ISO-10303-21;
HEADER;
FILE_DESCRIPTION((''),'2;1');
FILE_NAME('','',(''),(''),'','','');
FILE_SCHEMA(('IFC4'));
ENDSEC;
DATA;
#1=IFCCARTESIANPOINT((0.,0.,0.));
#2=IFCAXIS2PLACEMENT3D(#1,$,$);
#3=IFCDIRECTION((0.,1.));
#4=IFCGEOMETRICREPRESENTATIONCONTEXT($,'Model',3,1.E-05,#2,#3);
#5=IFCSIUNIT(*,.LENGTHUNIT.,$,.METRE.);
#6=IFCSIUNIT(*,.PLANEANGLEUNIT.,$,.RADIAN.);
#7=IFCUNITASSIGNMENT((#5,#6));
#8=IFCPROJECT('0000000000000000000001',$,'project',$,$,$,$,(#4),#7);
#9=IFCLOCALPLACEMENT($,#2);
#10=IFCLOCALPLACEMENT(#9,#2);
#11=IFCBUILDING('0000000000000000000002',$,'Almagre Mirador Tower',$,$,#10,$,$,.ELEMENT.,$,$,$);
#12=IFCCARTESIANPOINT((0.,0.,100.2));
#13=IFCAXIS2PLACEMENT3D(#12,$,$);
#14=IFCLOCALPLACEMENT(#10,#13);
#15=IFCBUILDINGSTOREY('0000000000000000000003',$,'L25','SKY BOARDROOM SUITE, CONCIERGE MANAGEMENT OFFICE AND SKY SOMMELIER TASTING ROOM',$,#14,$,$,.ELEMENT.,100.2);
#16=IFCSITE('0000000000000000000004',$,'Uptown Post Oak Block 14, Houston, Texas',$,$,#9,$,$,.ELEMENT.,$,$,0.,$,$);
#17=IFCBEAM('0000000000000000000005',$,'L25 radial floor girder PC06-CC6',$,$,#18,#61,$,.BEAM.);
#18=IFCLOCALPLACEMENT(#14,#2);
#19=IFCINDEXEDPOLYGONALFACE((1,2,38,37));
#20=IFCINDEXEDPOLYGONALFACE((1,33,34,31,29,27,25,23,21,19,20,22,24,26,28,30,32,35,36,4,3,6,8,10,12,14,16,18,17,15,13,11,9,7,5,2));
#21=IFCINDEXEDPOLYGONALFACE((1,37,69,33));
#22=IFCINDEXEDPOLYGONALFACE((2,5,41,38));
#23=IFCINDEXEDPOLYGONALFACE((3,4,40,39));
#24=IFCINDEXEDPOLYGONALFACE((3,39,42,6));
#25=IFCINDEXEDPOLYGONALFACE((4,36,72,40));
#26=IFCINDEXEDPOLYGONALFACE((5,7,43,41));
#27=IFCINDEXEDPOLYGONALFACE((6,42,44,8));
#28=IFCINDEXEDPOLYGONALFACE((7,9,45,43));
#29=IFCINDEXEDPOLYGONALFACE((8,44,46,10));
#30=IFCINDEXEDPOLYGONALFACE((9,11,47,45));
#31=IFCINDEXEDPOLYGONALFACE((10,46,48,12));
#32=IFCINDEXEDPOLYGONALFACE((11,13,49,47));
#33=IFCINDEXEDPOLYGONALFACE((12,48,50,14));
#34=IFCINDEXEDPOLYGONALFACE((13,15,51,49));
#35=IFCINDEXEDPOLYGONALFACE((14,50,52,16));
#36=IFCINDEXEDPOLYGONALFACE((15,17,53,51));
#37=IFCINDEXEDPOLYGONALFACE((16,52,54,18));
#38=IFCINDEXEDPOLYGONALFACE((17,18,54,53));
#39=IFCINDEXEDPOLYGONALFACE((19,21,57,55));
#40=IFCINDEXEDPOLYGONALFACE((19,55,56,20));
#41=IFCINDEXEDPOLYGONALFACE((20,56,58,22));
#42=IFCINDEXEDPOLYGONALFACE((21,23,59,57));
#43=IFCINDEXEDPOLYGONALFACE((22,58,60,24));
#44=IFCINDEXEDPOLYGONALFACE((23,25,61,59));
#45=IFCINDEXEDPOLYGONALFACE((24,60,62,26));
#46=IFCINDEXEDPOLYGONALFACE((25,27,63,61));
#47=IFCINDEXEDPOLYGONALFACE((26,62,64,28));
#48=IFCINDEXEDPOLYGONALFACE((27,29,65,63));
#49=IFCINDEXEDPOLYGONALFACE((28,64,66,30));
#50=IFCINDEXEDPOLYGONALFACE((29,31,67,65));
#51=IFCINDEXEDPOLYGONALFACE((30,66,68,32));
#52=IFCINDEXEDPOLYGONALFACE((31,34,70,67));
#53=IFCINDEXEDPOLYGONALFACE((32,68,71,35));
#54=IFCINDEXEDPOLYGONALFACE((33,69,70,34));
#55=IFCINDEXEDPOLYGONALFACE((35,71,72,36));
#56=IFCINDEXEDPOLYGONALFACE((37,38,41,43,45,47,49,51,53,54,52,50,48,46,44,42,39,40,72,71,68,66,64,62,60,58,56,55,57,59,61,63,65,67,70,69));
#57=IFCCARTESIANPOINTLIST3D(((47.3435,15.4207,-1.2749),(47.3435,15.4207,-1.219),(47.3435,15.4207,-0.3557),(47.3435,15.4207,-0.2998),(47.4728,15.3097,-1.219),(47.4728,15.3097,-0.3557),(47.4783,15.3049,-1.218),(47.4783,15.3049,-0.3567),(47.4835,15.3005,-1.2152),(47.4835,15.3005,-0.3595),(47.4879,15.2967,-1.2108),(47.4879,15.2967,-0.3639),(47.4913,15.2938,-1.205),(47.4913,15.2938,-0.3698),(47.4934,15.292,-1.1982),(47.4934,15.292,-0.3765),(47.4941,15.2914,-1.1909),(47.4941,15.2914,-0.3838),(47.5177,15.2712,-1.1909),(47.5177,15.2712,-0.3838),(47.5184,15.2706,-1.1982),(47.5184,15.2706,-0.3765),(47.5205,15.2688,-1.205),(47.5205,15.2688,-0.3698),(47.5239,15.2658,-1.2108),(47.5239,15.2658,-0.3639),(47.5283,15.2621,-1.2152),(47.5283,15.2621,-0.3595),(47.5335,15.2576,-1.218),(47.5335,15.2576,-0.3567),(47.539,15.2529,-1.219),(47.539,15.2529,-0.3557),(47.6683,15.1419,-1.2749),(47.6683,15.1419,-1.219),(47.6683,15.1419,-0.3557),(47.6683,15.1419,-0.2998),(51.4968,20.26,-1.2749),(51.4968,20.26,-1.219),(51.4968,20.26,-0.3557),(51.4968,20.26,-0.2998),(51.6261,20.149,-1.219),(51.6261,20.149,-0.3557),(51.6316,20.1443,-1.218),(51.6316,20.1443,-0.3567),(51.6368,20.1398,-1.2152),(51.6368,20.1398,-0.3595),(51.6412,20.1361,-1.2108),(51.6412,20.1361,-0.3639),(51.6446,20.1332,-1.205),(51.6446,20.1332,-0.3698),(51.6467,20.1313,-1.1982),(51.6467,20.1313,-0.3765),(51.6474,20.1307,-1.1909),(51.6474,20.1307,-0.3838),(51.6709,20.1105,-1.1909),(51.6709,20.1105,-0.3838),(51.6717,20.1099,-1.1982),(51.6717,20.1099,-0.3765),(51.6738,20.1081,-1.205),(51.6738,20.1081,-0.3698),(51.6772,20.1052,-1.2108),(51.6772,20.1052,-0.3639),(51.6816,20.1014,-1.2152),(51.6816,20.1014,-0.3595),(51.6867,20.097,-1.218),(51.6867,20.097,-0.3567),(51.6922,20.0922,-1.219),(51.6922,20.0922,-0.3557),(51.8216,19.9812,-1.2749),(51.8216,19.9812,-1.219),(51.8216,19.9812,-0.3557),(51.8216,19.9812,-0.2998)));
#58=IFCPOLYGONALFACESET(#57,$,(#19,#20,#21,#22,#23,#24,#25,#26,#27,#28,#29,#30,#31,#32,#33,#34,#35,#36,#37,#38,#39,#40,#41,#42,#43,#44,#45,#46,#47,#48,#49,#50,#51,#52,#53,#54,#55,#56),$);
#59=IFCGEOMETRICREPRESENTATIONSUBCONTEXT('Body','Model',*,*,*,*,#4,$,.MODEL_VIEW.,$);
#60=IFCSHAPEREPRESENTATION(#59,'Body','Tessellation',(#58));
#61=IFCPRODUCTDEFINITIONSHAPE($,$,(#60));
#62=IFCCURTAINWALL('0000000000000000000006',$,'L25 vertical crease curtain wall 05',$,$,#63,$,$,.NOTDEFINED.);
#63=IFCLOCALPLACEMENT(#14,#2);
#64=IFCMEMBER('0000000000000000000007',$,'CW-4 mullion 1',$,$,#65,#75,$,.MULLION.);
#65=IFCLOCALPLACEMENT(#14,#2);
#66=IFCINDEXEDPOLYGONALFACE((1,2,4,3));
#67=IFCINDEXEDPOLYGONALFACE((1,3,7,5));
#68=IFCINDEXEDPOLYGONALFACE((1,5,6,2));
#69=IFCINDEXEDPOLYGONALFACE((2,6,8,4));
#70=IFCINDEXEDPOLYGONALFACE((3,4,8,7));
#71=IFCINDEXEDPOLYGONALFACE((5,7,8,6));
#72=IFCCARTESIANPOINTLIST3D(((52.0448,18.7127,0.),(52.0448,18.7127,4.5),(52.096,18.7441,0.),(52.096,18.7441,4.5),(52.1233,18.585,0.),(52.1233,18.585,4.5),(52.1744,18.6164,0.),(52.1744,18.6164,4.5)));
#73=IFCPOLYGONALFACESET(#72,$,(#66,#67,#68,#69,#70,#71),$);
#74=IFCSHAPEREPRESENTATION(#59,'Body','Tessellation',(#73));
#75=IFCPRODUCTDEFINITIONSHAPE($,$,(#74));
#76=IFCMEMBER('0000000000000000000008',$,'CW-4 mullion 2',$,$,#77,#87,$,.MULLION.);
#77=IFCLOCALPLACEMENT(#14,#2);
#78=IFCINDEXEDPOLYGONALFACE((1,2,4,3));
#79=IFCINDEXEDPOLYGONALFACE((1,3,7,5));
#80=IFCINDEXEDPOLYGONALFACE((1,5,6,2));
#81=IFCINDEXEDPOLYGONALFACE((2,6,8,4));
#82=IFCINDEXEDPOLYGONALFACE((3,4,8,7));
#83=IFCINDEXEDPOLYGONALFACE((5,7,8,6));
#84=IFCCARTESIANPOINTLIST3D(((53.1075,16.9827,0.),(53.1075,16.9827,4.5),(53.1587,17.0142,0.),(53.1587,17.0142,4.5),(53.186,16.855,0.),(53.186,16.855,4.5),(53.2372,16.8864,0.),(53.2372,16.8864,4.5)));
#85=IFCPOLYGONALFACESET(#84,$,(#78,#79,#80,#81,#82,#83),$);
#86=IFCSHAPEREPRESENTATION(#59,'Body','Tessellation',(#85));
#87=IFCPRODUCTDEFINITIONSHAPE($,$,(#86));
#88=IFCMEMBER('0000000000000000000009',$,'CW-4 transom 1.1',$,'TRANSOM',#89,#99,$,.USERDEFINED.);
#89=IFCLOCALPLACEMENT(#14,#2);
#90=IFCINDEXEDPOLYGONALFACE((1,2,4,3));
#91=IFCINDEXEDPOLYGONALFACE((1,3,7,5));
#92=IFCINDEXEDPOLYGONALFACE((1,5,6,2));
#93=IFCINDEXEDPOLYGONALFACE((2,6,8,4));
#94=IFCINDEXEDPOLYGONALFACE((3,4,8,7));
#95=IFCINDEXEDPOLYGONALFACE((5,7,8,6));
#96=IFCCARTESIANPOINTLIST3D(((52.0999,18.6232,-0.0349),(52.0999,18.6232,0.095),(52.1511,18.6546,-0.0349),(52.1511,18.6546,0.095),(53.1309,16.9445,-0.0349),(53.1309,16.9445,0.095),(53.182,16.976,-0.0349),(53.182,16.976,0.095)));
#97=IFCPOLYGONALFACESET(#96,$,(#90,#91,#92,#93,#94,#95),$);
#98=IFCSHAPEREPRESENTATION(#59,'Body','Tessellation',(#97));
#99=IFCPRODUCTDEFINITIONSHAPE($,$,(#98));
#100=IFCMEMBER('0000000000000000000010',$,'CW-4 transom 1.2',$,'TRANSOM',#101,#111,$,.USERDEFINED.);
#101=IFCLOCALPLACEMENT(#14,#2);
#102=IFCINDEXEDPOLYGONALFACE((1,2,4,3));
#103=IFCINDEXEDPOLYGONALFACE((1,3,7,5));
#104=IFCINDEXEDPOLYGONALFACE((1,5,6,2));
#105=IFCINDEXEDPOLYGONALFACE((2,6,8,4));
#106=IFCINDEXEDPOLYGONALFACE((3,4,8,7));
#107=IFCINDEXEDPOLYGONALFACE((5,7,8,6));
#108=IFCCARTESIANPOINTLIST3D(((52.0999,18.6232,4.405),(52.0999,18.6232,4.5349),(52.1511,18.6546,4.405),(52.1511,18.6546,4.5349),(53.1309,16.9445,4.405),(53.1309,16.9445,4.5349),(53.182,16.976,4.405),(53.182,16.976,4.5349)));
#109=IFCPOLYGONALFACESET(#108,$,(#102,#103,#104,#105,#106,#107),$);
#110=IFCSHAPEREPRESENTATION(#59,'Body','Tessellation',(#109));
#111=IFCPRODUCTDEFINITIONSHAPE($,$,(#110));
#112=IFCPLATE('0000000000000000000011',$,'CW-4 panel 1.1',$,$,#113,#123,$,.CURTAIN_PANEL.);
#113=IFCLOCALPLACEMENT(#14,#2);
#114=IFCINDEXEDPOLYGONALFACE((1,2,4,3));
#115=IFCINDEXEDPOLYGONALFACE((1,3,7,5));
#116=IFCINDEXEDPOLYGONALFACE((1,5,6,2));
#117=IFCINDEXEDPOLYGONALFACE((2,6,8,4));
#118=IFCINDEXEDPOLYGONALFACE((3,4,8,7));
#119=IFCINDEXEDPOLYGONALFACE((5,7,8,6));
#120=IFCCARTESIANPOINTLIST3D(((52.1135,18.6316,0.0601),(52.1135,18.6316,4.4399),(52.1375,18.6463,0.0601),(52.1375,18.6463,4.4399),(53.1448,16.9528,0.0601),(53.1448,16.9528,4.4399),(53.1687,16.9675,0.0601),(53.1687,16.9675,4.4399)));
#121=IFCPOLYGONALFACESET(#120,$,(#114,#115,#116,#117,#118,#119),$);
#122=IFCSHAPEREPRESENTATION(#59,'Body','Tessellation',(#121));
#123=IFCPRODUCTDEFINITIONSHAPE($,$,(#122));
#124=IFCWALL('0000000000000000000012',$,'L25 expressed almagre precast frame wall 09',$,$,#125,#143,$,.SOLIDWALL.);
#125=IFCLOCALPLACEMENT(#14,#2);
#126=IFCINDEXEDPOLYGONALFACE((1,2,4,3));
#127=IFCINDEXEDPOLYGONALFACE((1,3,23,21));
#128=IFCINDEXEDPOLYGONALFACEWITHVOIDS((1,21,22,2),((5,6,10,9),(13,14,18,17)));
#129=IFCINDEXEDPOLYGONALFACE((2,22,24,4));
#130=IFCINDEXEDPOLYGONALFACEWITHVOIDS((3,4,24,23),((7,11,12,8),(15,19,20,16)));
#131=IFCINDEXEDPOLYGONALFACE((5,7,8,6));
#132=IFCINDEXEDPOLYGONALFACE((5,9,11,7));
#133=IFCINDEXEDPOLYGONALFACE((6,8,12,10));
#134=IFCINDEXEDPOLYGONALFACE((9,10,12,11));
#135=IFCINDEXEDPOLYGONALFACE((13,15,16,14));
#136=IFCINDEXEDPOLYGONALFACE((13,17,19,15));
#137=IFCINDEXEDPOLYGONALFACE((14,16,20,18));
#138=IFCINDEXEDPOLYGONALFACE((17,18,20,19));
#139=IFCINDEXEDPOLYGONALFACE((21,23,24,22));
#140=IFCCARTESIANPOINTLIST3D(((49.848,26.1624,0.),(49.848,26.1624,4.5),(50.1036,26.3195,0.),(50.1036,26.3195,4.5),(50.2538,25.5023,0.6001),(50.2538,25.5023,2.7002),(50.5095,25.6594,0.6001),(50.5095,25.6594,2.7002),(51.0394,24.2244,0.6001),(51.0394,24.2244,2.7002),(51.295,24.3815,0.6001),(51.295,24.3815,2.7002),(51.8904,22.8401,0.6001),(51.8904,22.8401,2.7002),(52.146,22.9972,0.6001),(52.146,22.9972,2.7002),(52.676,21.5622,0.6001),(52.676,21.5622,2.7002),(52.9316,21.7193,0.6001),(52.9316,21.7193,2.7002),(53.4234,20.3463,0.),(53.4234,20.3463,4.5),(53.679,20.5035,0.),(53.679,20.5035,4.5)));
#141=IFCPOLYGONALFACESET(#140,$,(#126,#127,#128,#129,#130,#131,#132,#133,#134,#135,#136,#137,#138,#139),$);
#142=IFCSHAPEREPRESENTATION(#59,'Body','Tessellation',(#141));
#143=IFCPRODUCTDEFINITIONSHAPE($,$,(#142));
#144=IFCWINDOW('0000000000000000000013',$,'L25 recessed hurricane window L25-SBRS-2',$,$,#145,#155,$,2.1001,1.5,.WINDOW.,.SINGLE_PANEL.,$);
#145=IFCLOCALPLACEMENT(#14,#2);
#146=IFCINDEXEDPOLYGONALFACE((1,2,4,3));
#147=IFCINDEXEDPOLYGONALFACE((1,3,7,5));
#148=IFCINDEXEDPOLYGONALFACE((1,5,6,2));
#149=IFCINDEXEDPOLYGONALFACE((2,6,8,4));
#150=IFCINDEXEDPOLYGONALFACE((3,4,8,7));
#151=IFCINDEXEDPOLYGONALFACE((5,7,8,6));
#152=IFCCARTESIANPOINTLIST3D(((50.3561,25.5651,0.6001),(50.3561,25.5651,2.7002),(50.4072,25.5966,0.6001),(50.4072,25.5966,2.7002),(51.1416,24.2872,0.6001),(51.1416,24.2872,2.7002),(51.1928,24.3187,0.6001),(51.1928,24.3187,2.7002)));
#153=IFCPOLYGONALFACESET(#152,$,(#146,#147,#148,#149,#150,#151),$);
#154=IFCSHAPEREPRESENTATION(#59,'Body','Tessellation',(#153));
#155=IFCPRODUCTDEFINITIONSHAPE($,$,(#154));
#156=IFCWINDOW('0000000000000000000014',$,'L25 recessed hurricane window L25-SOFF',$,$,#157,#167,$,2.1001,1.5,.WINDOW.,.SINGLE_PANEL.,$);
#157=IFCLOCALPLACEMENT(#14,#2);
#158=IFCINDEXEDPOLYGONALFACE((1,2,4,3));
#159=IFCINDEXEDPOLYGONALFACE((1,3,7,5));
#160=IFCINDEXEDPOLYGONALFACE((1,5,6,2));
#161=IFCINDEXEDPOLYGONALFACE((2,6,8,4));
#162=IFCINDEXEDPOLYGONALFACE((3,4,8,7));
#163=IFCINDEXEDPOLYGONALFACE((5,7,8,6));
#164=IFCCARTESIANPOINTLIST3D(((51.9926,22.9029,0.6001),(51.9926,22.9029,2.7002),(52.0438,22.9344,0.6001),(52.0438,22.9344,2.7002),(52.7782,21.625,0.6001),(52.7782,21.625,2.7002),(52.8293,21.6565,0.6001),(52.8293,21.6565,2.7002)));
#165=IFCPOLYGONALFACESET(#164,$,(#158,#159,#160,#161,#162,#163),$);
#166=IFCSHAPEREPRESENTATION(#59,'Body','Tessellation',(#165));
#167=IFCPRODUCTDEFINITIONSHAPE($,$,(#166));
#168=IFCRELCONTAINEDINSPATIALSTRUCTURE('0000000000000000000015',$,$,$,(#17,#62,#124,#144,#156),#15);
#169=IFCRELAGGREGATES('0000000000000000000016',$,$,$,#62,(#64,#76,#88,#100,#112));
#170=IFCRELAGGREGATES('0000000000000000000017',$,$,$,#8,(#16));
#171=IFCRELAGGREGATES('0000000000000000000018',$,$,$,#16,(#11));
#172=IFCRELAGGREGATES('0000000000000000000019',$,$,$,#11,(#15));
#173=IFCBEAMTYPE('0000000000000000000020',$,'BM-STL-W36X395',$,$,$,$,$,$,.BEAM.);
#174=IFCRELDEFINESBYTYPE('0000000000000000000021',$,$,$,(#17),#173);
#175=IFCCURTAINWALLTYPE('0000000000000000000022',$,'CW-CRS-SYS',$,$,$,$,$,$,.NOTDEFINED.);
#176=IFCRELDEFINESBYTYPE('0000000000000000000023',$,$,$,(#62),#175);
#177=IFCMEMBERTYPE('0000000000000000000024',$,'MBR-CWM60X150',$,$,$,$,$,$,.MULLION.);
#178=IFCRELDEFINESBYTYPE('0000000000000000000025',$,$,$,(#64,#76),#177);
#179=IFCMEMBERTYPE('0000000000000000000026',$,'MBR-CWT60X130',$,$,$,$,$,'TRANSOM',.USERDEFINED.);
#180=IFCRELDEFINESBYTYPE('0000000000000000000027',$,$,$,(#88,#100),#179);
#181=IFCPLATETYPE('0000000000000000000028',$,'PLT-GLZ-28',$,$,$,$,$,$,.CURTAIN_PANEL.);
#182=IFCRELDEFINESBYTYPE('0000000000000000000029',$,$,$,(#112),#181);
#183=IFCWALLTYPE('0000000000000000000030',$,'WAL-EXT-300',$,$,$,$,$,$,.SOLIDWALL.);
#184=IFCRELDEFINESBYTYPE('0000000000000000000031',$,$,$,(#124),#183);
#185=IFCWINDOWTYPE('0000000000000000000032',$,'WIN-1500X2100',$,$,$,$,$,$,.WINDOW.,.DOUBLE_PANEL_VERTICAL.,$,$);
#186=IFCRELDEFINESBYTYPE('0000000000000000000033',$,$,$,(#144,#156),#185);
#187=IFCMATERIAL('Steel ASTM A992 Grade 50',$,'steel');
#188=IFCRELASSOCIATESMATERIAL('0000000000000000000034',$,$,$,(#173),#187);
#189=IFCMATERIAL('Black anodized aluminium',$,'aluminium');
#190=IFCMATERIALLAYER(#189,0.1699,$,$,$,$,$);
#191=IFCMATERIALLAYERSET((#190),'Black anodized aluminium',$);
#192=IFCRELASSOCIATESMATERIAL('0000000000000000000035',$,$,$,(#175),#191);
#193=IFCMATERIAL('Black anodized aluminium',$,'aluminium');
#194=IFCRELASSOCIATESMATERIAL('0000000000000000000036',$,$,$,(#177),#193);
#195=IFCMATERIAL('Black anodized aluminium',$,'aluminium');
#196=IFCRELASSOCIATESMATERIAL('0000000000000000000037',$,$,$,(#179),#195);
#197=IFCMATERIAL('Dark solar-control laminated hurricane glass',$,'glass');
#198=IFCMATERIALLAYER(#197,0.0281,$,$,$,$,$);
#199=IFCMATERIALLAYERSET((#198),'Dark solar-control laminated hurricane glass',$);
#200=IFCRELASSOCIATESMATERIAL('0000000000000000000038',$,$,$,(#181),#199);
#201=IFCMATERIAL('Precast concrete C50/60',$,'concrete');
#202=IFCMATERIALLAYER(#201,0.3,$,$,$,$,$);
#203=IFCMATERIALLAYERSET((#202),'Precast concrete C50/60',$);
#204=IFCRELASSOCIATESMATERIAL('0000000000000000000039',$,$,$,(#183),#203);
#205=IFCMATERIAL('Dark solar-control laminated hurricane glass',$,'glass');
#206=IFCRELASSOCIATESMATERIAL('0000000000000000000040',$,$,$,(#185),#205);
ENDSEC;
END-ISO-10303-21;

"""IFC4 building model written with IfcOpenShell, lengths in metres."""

from ifc_helpers import new_model, si_unit, direction, frame, frame_2d, origin, origin_2d, place, context, subcontext, project, spatial, rectangle, i_section, extrude, material, layer, layer_set, material_profile, profile_set, type_object, element, fill, aggregate, save


model = new_model("IFC4")

# Units and contexts
model_context = context("Model", 3, precision=1e-05, world=origin(), true_north=direction((0.0, 1.0)))
body_context = subcontext(model_context, "Body", "Model", "MODEL_VIEW")
ifc_project = project(units=[si_unit("LENGTHUNIT", "METRE"), si_unit("PLANEANGLEUNIT", "RADIAN")], contexts=[model_context])

# Site, building, storey
site_placement = place(None, origin())
site = spatial("IfcSite", under=ifc_project, at=site_placement, Name="Uptown Post Oak Block 14, Houston, Texas", CompositionType="ELEMENT", RefElevation=0.0)
building_placement = place(site_placement, origin())
building = spatial("IfcBuilding", under=site, at=building_placement, Name="Almagre Mirador Tower", CompositionType="ELEMENT")
storey_placement = place(building_placement, frame((0.0, 0.0, 100.2)))
storey = spatial("IfcBuildingStorey", under=building, at=storey_placement, Name="L25", Description="SKY BOARDROOM SUITE, CONCIERGE MANAGEMENT OFFICE AND SKY SOMMELIER TASTING ROOM", CompositionType="ELEMENT", Elevation=100.2)

# Beam
ifc_material_1 = material(Name="Steel ASTM A992 Grade 50", Category="steel")
ifc_material_profile_1 = material_profile(ifc_material_1, i_section(OverallWidth=0.428, OverallDepth=0.9751, WebThickness=0.031, FlangeThickness=0.0559, FilletRadius=0.0281, at=origin_2d()), Name="W36X395")
ifc_profile_set_1 = profile_set([ifc_material_profile_1], Name="Steel ASTM A992 Grade 50")
beam_type_1 = type_object("IfcBeamType", Name="BM-STL-W36X395", PredefinedType="BEAM", material=ifc_profile_set_1)
beam_1_placement = place(storey_placement, frame((51.6592, 20.1206, -0.7874), z_axis=(-0.65127, -0.758846, 0.0), x_axis=(0.758846, -0.65127, 0.0)))
element("IfcBeam", 1, at=beam_1_placement, inside=storey, type_object=beam_type_1, Name="L25 radial floor girder PC06-CC6", PredefinedType="BEAM", context=body_context, shape_type="SweptSolid", body=[
    extrude(i_section(OverallWidth=0.428, OverallDepth=0.9751, WebThickness=0.031, FlangeThickness=0.0559, FilletRadius=0.0281, at=origin_2d()), origin(), (0.0, 0.0, 1.0), 6.3772),
])

# Curtain wall, members, plate
ifc_material_2 = material(Name="Black anodized aluminium", Category="aluminium")
ifc_layer_1 = layer(ifc_material_2, 0.1699)
ifc_layer_set_1 = layer_set([ifc_layer_1], Name="Black anodized aluminium")
curtain_wall_type = type_object("IfcCurtainWallType", Name="CW-CRS-SYS", PredefinedType="NOTDEFINED", material=ifc_layer_set_1)
curtain_wall_placement = place(storey_placement, origin())
curtain_wall = element("IfcCurtainWall", 2, at=curtain_wall_placement, inside=storey, type_object=curtain_wall_type, Name="L25 vertical crease curtain wall 05", PredefinedType="NOTDEFINED")
ifc_material_3 = material(Name="Black anodized aluminium", Category="aluminium")
ifc_material_profile_2 = material_profile(ifc_material_3, rectangle(XDim=0.0601, YDim=0.1499, at=origin_2d()), Name="CWM60X150")
ifc_profile_set_2 = profile_set([ifc_material_profile_2], Name="Black anodized aluminium")
member_type_1 = type_object("IfcMemberType", Name="MBR-CWM60X150", PredefinedType="MULLION", material=ifc_profile_set_2)
member_1_placement = place(storey_placement, frame((52.1096, 18.6646, 0.0), z_axis=(0.0, 0.0, 1.0), x_axis=(0.852085, 0.523403, 0.0)))
member_1 = element("IfcMember", 3, at=member_1_placement, type_object=member_type_1, Name="CW-4 mullion 1", PredefinedType="MULLION", context=body_context, shape_type="SweptSolid", body=[
    extrude(rectangle(XDim=0.0601, YDim=0.1499, at=origin_2d()), origin(), (0.0, 0.0, 1.0), 4.5),
])
member_2_placement = place(storey_placement, frame((53.1724, 16.9346, 0.0), z_axis=(0.0, 0.0, 1.0), x_axis=(0.852085, 0.523403, 0.0)))
member_2 = element("IfcMember", 4, at=member_2_placement, type_object=member_type_1, Name="CW-4 mullion 2", PredefinedType="MULLION", context=body_context, shape_type="SweptSolid", body=[
    extrude(rectangle(XDim=0.0601, YDim=0.1499, at=origin_2d()), origin(), (0.0, 0.0, 1.0), 4.5),
])
ifc_material_4 = material(Name="Black anodized aluminium", Category="aluminium")
ifc_material_profile_3 = material_profile(ifc_material_4, rectangle(XDim=0.0601, YDim=0.1299, at=origin_2d()), Name="CWT60X130")
ifc_profile_set_3 = profile_set([ifc_material_profile_3], Name="Black anodized aluminium")
member_type_2 = type_object("IfcMemberType", Name="MBR-CWT60X130", ElementType="TRANSOM", PredefinedType="USERDEFINED", material=ifc_profile_set_3)
member_3_placement = place(storey_placement, frame((52.1255, 18.6389, 0.03), z_axis=(0.523344, -0.852122, 0.0), x_axis=(0.852122, 0.523344, 0.0)))
member_3 = element("IfcMember", 5, at=member_3_placement, type_object=member_type_2, Name="CW-4 transom 1.1", ObjectType="TRANSOM", PredefinedType="USERDEFINED", context=body_context, shape_type="SweptSolid", body=[
    extrude(rectangle(XDim=0.0601, YDim=0.1299, at=origin_2d()), origin(), (0.0, 0.0, 1.0), 1.97),
])
member_4_placement = place(storey_placement, frame((52.1255, 18.6389, 4.47), z_axis=(0.523344, -0.852122, 0.0), x_axis=(0.852122, 0.523344, 0.0)))
member_4 = element("IfcMember", 6, at=member_4_placement, type_object=member_type_2, Name="CW-4 transom 1.2", ObjectType="TRANSOM", PredefinedType="USERDEFINED", context=body_context, shape_type="SweptSolid", body=[
    extrude(rectangle(XDim=0.0601, YDim=0.1299, at=origin_2d()), origin(), (0.0, 0.0, 1.0), 1.97),
])
ifc_material_5 = material(Name="Dark solar-control laminated hurricane glass", Category="glass")
ifc_layer_2 = layer(ifc_material_5, 0.0281)
ifc_layer_set_2 = layer_set([ifc_layer_2], Name="Dark solar-control laminated hurricane glass")
plate_type = type_object("IfcPlateType", Name="PLT-GLZ-28", PredefinedType="CURTAIN_PANEL", material=ifc_layer_set_2)
plate_placement = place(storey_placement, frame((52.6411, 17.7996, 0.0601), z_axis=(0.0, 0.0, 1.0), x_axis=(0.523403, -0.852085, 0.0)))
plate = element("IfcPlate", 7, at=plate_placement, type_object=plate_type, Name="CW-4 panel 1.1", PredefinedType="CURTAIN_PANEL", context=body_context, shape_type="SweptSolid", body=[
    extrude(rectangle(XDim=1.9702, YDim=0.0281, at=origin_2d()), origin(), (0.0, 0.0, 1.0), 4.3799),
])
aggregate(curtain_wall, [member_1, member_2, member_3, member_4, plate])

# Wall, openings, windows
ifc_material_6 = material(Name="Precast concrete C50/60", Category="concrete")
ifc_layer_3 = layer(ifc_material_6, 0.3)
ifc_layer_set_3 = layer_set([ifc_layer_3], Name="Precast concrete C50/60")
wall_type_1 = type_object("IfcWallType", Name="WAL-EXT-300", PredefinedType="SOLIDWALL", material=ifc_layer_set_3)
wall_1_placement = place(storey_placement, frame((49.9758, 26.241, 0.0), z_axis=(0.0, 0.0, 1.0), x_axis=(0.5237, -0.851903, 0.0)))
wall_1 = element("IfcWall", 8, at=wall_1_placement, inside=storey, type_object=wall_type_1, Name="L25 expressed almagre precast frame wall 09", PredefinedType="SOLIDWALL", context=body_context, shape_type="SweptSolid", body=[
    extrude(rectangle(XDim=6.8271, YDim=0.3, at=frame_2d((3.4136, 0.0))), origin(), (0.0, 0.0, 1.0), 4.5),
])
opening_1_placement = place(wall_1_placement, frame((0.7749, 0.0, 0.6001)))
opening_1 = element("IfcOpeningElement", 9, at=opening_1_placement, cuts=wall_1, PredefinedType="OPENING", context=body_context, shape_type="SweptSolid", body=[
    extrude(rectangle(XDim=1.5, YDim=2.1001, at=frame_2d((0.75, 1.05))), frame((0.0, 0.1599, 0.0), z_axis=(0.0, -1.0, 0.0), x_axis=(1.0, 0.0, 0.0)), (0.0, 0.0, 1.0), 0.32),
])
opening_2_placement = place(wall_1_placement, frame((3.8999, 0.0, 0.6001)))
opening_2 = element("IfcOpeningElement", 10, at=opening_2_placement, cuts=wall_1, PredefinedType="OPENING", context=body_context, shape_type="SweptSolid", body=[
    extrude(rectangle(XDim=1.5, YDim=2.1001, at=frame_2d((0.75, 1.05))), frame((0.0, 0.1599, 0.0), z_axis=(0.0, -1.0, 0.0), x_axis=(1.0, 0.0, 0.0)), (0.0, 0.0, 1.0), 0.32),
])
ifc_material_7 = material(Name="Dark solar-control laminated hurricane glass", Category="glass")
window_type_1 = type_object("IfcWindowType", Name="WIN-1500X2100", PartitioningType="DOUBLE_PANEL_VERTICAL", PredefinedType="WINDOW", material=ifc_material_7)
window_1_placement = place(opening_1_placement, origin())
window_1 = element("IfcWindow", 11, at=window_1_placement, inside=storey, type_object=window_type_1, Name="L25 recessed hurricane window L25-SBRS-2", OverallHeight=2.1001, OverallWidth=1.5, PartitioningType="SINGLE_PANEL", PredefinedType="WINDOW", context=body_context, shape_type="SweptSolid", body=[
    extrude(rectangle(XDim=1.5, YDim=2.1001, at=frame_2d((0.75, 1.05))), frame((0.0, 0.03, 0.0), z_axis=(0.0, -1.0, 0.0), x_axis=(1.0, 0.0, 0.0)), (0.0, 0.0, 1.0), 0.0601),
])
fill(opening_1, window_1)
window_2_placement = place(opening_2_placement, origin())
window_2 = element("IfcWindow", 12, at=window_2_placement, inside=storey, type_object=window_type_1, Name="L25 recessed hurricane window L25-SOFF", OverallHeight=2.1001, OverallWidth=1.5, PartitioningType="SINGLE_PANEL", PredefinedType="WINDOW", context=body_context, shape_type="SweptSolid", body=[
    extrude(rectangle(XDim=1.5, YDim=2.1001, at=frame_2d((0.75, 1.05))), frame((0.0, 0.03, 0.0), z_axis=(0.0, -1.0, 0.0), x_axis=(1.0, 0.0, 0.0)), (0.0, 0.0, 1.0), 0.0601),
])
fill(opening_2, window_2)

save(model, "model.ifc")
